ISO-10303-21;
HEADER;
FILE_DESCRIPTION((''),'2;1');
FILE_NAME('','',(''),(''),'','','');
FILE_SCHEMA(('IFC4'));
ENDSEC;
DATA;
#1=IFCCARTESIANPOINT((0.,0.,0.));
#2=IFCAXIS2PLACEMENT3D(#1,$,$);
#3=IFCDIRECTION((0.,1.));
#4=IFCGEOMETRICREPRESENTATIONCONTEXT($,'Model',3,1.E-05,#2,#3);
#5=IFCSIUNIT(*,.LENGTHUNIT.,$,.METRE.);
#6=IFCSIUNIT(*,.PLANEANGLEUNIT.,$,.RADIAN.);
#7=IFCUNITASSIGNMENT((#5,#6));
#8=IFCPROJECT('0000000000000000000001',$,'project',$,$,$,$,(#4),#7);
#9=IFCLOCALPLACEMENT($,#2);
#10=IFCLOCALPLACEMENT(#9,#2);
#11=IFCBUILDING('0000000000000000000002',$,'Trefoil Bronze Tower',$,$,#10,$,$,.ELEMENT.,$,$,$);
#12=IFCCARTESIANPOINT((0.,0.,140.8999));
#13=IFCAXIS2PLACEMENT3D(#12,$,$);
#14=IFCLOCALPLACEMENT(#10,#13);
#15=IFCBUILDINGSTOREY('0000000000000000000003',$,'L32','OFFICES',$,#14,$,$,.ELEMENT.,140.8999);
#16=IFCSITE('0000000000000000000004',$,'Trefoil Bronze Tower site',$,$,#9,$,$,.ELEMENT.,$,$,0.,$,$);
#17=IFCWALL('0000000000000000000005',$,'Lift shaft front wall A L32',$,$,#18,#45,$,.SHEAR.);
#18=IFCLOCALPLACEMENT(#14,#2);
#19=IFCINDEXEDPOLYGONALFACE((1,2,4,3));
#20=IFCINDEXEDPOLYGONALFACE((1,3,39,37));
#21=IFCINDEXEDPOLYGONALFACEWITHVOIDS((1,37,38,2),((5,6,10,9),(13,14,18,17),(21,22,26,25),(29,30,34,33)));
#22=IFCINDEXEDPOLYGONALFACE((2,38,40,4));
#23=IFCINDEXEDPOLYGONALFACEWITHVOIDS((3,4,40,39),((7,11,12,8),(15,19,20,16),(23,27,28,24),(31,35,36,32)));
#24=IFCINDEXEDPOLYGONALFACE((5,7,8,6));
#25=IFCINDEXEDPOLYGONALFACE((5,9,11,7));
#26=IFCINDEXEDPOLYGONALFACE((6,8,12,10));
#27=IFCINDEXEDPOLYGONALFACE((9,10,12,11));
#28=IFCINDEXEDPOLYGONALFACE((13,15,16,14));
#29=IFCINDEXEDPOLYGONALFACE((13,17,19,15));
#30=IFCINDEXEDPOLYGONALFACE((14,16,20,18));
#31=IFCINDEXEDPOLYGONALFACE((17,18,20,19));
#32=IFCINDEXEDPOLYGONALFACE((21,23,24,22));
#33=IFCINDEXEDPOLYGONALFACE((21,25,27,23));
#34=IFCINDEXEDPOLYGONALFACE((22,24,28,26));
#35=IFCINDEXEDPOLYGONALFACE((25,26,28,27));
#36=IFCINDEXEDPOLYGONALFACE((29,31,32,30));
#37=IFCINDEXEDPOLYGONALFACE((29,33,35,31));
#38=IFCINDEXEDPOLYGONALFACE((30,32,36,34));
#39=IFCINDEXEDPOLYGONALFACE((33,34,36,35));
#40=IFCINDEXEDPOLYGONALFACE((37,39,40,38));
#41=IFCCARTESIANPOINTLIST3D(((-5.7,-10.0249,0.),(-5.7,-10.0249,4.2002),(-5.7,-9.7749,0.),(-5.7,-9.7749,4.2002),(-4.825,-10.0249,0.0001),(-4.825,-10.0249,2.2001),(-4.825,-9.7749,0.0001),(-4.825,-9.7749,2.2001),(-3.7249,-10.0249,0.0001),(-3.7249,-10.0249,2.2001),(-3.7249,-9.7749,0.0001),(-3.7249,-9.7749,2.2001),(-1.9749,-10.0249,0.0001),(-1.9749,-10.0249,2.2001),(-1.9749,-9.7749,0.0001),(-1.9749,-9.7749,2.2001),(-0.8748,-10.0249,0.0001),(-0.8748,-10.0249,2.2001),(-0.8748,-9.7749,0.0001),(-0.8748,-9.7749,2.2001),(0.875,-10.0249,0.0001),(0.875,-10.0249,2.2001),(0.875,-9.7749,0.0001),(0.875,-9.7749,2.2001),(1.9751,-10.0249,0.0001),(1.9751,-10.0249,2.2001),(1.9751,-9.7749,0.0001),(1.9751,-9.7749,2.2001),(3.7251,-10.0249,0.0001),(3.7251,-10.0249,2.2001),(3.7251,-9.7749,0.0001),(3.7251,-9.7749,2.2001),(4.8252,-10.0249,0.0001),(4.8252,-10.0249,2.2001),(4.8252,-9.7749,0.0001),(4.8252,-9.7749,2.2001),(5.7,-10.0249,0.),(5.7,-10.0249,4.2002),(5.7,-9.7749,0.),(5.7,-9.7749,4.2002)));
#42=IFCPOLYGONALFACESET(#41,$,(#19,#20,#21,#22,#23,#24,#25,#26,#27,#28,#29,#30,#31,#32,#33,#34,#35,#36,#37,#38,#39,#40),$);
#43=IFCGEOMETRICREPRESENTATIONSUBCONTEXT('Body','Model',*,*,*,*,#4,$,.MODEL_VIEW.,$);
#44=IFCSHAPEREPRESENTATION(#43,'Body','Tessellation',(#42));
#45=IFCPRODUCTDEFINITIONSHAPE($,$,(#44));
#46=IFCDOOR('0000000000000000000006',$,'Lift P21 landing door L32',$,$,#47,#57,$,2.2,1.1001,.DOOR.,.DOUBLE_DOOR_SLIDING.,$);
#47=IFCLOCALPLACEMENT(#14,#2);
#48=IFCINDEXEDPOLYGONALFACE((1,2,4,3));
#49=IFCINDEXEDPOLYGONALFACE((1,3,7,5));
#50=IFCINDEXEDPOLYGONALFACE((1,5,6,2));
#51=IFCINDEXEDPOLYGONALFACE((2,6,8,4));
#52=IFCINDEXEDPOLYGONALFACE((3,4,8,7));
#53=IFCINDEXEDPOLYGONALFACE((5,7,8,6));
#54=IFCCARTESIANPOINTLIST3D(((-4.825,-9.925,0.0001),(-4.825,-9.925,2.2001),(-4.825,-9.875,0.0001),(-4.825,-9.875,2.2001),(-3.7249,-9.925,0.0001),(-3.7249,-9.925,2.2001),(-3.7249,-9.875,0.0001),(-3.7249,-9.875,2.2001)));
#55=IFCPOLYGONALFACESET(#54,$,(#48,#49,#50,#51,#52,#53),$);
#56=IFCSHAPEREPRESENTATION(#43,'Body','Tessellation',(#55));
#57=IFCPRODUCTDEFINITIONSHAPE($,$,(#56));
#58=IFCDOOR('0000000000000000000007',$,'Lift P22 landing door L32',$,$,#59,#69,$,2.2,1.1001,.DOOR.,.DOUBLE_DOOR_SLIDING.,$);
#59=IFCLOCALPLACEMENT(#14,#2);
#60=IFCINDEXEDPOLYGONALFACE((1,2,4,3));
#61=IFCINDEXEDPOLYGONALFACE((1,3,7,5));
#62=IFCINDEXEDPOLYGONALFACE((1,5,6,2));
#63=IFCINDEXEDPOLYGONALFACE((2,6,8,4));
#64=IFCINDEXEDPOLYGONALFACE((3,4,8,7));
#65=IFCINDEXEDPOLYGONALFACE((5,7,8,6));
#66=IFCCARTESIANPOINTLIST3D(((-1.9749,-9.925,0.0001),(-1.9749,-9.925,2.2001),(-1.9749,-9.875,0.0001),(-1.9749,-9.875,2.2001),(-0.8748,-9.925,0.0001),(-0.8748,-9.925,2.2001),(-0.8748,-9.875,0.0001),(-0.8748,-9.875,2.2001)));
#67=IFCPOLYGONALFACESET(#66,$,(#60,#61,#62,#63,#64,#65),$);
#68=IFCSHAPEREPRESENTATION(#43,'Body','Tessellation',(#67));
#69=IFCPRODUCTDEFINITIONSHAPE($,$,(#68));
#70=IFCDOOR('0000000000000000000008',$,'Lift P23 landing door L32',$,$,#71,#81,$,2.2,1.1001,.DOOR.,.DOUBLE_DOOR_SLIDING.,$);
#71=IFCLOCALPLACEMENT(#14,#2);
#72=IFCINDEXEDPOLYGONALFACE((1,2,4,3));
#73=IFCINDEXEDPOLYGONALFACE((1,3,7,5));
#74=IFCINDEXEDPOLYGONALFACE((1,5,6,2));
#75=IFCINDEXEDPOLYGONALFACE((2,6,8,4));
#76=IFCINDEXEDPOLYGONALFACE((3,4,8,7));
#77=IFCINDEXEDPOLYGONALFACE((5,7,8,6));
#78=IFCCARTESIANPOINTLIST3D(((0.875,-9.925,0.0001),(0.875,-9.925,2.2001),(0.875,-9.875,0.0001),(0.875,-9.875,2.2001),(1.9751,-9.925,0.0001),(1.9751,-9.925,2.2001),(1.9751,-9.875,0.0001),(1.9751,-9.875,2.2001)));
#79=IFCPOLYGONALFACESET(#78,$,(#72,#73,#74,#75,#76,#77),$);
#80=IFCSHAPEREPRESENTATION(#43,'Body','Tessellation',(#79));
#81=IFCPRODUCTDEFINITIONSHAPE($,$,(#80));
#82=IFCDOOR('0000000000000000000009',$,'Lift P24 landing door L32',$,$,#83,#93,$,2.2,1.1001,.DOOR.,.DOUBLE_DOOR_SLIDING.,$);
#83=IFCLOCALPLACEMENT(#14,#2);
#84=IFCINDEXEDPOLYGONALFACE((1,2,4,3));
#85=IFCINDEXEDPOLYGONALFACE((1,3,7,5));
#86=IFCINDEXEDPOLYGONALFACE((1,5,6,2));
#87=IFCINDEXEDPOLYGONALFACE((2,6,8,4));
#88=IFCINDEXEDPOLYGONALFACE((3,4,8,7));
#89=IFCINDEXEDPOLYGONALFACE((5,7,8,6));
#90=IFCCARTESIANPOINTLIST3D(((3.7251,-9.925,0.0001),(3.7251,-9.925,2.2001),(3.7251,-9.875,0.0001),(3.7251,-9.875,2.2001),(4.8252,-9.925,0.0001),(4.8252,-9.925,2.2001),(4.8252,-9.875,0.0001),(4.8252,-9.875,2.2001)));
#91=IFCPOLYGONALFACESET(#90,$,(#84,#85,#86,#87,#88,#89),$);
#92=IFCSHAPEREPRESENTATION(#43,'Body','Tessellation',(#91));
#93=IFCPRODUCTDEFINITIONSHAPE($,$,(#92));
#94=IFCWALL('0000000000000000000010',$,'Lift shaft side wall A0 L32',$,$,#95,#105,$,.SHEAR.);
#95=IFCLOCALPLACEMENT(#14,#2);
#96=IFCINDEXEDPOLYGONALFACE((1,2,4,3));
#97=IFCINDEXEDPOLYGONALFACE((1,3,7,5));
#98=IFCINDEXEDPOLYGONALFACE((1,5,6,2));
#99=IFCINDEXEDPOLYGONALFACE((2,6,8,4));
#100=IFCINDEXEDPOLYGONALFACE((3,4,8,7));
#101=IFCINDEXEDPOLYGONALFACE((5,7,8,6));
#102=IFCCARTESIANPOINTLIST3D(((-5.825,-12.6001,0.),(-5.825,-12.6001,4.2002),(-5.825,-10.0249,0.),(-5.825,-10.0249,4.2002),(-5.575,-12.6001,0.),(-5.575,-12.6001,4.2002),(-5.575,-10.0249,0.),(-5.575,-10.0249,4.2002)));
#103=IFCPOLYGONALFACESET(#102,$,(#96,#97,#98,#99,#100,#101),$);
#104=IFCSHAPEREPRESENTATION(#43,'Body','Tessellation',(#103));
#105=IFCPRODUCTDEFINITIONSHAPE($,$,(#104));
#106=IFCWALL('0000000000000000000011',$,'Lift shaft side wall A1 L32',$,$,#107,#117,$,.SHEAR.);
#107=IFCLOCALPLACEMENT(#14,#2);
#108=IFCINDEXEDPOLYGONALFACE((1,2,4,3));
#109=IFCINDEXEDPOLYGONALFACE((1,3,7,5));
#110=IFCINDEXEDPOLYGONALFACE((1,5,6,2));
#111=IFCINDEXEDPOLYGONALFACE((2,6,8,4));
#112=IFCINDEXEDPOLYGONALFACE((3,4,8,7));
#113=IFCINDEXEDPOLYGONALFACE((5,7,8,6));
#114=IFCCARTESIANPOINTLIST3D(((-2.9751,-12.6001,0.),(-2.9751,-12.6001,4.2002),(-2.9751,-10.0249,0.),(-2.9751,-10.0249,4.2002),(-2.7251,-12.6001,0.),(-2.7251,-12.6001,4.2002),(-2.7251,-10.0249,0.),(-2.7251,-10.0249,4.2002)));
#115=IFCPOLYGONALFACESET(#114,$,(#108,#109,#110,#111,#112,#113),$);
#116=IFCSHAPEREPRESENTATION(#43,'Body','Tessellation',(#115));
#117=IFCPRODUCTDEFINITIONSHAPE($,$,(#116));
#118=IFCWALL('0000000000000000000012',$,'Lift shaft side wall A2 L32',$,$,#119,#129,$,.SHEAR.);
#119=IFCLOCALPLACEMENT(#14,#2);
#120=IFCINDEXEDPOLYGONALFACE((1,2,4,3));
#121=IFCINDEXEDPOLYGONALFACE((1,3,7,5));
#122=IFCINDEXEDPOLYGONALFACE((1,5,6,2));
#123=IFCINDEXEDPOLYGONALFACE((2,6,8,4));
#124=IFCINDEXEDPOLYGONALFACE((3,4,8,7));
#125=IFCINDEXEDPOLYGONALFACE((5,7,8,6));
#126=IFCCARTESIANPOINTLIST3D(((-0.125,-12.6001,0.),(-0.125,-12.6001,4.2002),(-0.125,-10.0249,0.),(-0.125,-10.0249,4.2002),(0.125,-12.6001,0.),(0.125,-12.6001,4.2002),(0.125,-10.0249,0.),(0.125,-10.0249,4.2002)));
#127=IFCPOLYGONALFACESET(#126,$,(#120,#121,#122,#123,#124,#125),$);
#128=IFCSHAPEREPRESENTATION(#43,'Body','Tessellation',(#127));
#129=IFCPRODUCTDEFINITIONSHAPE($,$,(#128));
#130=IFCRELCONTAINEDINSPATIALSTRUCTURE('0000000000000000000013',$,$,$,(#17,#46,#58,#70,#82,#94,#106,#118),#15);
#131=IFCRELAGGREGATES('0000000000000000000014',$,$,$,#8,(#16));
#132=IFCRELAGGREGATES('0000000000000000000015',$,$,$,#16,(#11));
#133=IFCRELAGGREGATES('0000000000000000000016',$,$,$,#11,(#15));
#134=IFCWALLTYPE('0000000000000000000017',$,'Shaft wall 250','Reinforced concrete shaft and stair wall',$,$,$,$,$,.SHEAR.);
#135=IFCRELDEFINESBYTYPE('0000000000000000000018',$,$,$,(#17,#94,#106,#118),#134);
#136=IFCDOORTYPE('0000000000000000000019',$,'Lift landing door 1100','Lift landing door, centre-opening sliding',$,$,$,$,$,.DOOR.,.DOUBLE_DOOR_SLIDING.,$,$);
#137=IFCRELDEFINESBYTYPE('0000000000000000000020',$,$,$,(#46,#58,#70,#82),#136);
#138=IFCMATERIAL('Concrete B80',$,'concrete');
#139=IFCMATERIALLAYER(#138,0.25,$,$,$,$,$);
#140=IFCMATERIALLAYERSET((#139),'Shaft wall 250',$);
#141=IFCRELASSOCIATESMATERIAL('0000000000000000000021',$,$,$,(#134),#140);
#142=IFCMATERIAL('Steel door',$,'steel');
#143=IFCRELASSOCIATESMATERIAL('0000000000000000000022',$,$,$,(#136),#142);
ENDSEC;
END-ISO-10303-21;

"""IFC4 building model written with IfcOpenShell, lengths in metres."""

from ifc_helpers import new_model, si_unit, direction, frame, frame_2d, origin, place, context, subcontext, project, spatial, rectangle, extrude, material, layer, layer_set, type_object, element, fill, save


model = new_model("IFC4")

# Units and contexts
model_context = context("Model", 3, precision=1e-05, world=origin(), true_north=direction((0.0, 1.0)))
body_context = subcontext(model_context, "Body", "Model", "MODEL_VIEW")
ifc_project = project(units=[si_unit("LENGTHUNIT", "METRE"), si_unit("PLANEANGLEUNIT", "RADIAN")], contexts=[model_context])

# Site, building, storey
site_placement = place(None, origin())
site = spatial("IfcSite", under=ifc_project, at=site_placement, Name="Trefoil Bronze Tower site", CompositionType="ELEMENT", RefElevation=0.0)
building_placement = place(site_placement, origin())
building = spatial("IfcBuilding", under=site, at=building_placement, Name="Trefoil Bronze Tower", CompositionType="ELEMENT")
storey_placement = place(building_placement, frame((0.0, 0.0, 140.8999)))
storey = spatial("IfcBuildingStorey", under=building, at=storey_placement, Name="L32", Description="OFFICES", CompositionType="ELEMENT", Elevation=140.8999)

# Wall, openings, doors
ifc_material_1 = material(Name="Concrete B80", Category="concrete")
ifc_layer_1 = layer(ifc_material_1, 0.25)
ifc_layer_set_1 = layer_set([ifc_layer_1], Name="Shaft wall 250")
wall_type_1 = type_object("IfcWallType", Name="Shaft wall 250", Description="Reinforced concrete shaft and stair wall", PredefinedType="SHEAR", material=ifc_layer_set_1)
wall_1_placement = place(storey_placement, frame((-5.7, -9.8999, 0.0), z_axis=(0.0, 0.0, 1.0), x_axis=(1.0, 0.0, 0.0)))
wall_1 = element("IfcWall", 1, at=wall_1_placement, inside=storey, type_object=wall_type_1, Name="Lift shaft front wall A L32", PredefinedType="SHEAR", context=body_context, shape_type="SweptSolid", body=[
    extrude(rectangle(XDim=11.3999, YDim=0.25, at=frame_2d((5.7, 0.0))), origin(), (0.0, 0.0, 1.0), 4.2002),
])
opening_1_placement = place(wall_1_placement, frame((0.875, 0.0, 0.0)))
opening_1 = element("IfcOpeningElement", 2, at=opening_1_placement, cuts=wall_1, PredefinedType="OPENING", context=body_context, shape_type="SweptSolid", body=[
    extrude(rectangle(XDim=1.1001, YDim=2.2, at=frame_2d((0.55, 1.1001))), frame((0.0, 0.135, 0.0), z_axis=(0.0, -1.0, 0.0), x_axis=(1.0, 0.0, 0.0)), (0.0, 0.0, 1.0), 0.27),
])
opening_2_placement = place(wall_1_placement, frame((3.7251, 0.0, 0.0)))
opening_2 = element("IfcOpeningElement", 3, at=opening_2_placement, cuts=wall_1, PredefinedType="OPENING", context=body_context, shape_type="SweptSolid", body=[
    extrude(rectangle(XDim=1.1001, YDim=2.2, at=frame_2d((0.55, 1.1001))), frame((0.0, 0.135, 0.0), z_axis=(0.0, -1.0, 0.0), x_axis=(1.0, 0.0, 0.0)), (0.0, 0.0, 1.0), 0.27),
])
opening_3_placement = place(wall_1_placement, frame((6.575, 0.0, 0.0)))
opening_3 = element("IfcOpeningElement", 4, at=opening_3_placement, cuts=wall_1, PredefinedType="OPENING", context=body_context, shape_type="SweptSolid", body=[
    extrude(rectangle(XDim=1.1001, YDim=2.2, at=frame_2d((0.55, 1.1001))), frame((0.0, 0.135, 0.0), z_axis=(0.0, -1.0, 0.0), x_axis=(1.0, 0.0, 0.0)), (0.0, 0.0, 1.0), 0.27),
])
opening_4_placement = place(wall_1_placement, frame((9.425, 0.0, 0.0)))
opening_4 = element("IfcOpeningElement", 5, at=opening_4_placement, cuts=wall_1, PredefinedType="OPENING", context=body_context, shape_type="SweptSolid", body=[
    extrude(rectangle(XDim=1.1001, YDim=2.2, at=frame_2d((0.55, 1.1001))), frame((0.0, 0.135, 0.0), z_axis=(0.0, -1.0, 0.0), x_axis=(1.0, 0.0, 0.0)), (0.0, 0.0, 1.0), 0.27),
])
ifc_material_2 = material(Name="Steel door", Category="steel")
door_type_1 = type_object("IfcDoorType", Name="Lift landing door 1100", Description="Lift landing door, centre-opening sliding", OperationType="DOUBLE_DOOR_SLIDING", PredefinedType="DOOR", material=ifc_material_2)
door_1_placement = place(opening_1_placement, origin())
door_1 = element("IfcDoor", 6, at=door_1_placement, inside=storey, type_object=door_type_1, Name="Lift P21 landing door L32", OperationType="DOUBLE_DOOR_SLIDING", OverallHeight=2.2, OverallWidth=1.1001, PredefinedType="DOOR", context=body_context, shape_type="SweptSolid", body=[
    extrude(rectangle(XDim=1.1001, YDim=2.2, at=frame_2d((0.55, 1.1001))), frame((0.0, 0.0249, 0.0), z_axis=(0.0, -1.0, 0.0), x_axis=(1.0, 0.0, 0.0)), (0.0, 0.0, 1.0), 0.05),
])
fill(opening_1, door_1)
door_2_placement = place(opening_2_placement, origin())
door_2 = element("IfcDoor", 7, at=door_2_placement, inside=storey, type_object=door_type_1, Name="Lift P22 landing door L32", OperationType="DOUBLE_DOOR_SLIDING", OverallHeight=2.2, OverallWidth=1.1001, PredefinedType="DOOR", context=body_context, shape_type="SweptSolid", body=[
    extrude(rectangle(XDim=1.1001, YDim=2.2, at=frame_2d((0.55, 1.1001))), frame((0.0, 0.0249, 0.0), z_axis=(0.0, -1.0, 0.0), x_axis=(1.0, 0.0, 0.0)), (0.0, 0.0, 1.0), 0.05),
])
fill(opening_2, door_2)
door_3_placement = place(opening_3_placement, origin())
door_3 = element("IfcDoor", 8, at=door_3_placement, inside=storey, type_object=door_type_1, Name="Lift P23 landing door L32", OperationType="DOUBLE_DOOR_SLIDING", OverallHeight=2.2, OverallWidth=1.1001, PredefinedType="DOOR", context=body_context, shape_type="SweptSolid", body=[
    extrude(rectangle(XDim=1.1001, YDim=2.2, at=frame_2d((0.55, 1.1001))), frame((0.0, 0.0249, 0.0), z_axis=(0.0, -1.0, 0.0), x_axis=(1.0, 0.0, 0.0)), (0.0, 0.0, 1.0), 0.05),
])
fill(opening_3, door_3)
door_4_placement = place(opening_4_placement, origin())
door_4 = element("IfcDoor", 9, at=door_4_placement, inside=storey, type_object=door_type_1, Name="Lift P24 landing door L32", OperationType="DOUBLE_DOOR_SLIDING", OverallHeight=2.2, OverallWidth=1.1001, PredefinedType="DOOR", context=body_context, shape_type="SweptSolid", body=[
    extrude(rectangle(XDim=1.1001, YDim=2.2, at=frame_2d((0.55, 1.1001))), frame((0.0, 0.0249, 0.0), z_axis=(0.0, -1.0, 0.0), x_axis=(1.0, 0.0, 0.0)), (0.0, 0.0, 1.0), 0.05),
])
fill(opening_4, door_4)

# Walls
for number, where, z_axis, x_axis, name in (
    (10, (-5.7, -10.0249, 0.0), (0.0, 0.0, 1.0), (0.0, -1.0, 0.0), "Lift shaft side wall A0 L32"),
    (11, (-2.8501, -10.0249, 0.0), (0.0, 0.0, 1.0), (0.0, -1.0, 0.0), "Lift shaft side wall A1 L32"),
    (12, (0.0, -10.0249, 0.0), (0.0, 0.0, 1.0), (0.0, -1.0, 0.0), "Lift shaft side wall A2 L32"),
):
    element("IfcWall", number, at=place(storey_placement, frame(where, z_axis=z_axis, x_axis=x_axis)), inside=storey, type_object=wall_type_1, Name=name, PredefinedType="SHEAR", context=body_context, shape_type="SweptSolid", body=[
        extrude(rectangle(XDim=2.5752, YDim=0.25, at=frame_2d((1.2876, 0.0))), origin(), (0.0, 0.0, 1.0), 4.2002),
    ])

save(model, "model.ifc")
